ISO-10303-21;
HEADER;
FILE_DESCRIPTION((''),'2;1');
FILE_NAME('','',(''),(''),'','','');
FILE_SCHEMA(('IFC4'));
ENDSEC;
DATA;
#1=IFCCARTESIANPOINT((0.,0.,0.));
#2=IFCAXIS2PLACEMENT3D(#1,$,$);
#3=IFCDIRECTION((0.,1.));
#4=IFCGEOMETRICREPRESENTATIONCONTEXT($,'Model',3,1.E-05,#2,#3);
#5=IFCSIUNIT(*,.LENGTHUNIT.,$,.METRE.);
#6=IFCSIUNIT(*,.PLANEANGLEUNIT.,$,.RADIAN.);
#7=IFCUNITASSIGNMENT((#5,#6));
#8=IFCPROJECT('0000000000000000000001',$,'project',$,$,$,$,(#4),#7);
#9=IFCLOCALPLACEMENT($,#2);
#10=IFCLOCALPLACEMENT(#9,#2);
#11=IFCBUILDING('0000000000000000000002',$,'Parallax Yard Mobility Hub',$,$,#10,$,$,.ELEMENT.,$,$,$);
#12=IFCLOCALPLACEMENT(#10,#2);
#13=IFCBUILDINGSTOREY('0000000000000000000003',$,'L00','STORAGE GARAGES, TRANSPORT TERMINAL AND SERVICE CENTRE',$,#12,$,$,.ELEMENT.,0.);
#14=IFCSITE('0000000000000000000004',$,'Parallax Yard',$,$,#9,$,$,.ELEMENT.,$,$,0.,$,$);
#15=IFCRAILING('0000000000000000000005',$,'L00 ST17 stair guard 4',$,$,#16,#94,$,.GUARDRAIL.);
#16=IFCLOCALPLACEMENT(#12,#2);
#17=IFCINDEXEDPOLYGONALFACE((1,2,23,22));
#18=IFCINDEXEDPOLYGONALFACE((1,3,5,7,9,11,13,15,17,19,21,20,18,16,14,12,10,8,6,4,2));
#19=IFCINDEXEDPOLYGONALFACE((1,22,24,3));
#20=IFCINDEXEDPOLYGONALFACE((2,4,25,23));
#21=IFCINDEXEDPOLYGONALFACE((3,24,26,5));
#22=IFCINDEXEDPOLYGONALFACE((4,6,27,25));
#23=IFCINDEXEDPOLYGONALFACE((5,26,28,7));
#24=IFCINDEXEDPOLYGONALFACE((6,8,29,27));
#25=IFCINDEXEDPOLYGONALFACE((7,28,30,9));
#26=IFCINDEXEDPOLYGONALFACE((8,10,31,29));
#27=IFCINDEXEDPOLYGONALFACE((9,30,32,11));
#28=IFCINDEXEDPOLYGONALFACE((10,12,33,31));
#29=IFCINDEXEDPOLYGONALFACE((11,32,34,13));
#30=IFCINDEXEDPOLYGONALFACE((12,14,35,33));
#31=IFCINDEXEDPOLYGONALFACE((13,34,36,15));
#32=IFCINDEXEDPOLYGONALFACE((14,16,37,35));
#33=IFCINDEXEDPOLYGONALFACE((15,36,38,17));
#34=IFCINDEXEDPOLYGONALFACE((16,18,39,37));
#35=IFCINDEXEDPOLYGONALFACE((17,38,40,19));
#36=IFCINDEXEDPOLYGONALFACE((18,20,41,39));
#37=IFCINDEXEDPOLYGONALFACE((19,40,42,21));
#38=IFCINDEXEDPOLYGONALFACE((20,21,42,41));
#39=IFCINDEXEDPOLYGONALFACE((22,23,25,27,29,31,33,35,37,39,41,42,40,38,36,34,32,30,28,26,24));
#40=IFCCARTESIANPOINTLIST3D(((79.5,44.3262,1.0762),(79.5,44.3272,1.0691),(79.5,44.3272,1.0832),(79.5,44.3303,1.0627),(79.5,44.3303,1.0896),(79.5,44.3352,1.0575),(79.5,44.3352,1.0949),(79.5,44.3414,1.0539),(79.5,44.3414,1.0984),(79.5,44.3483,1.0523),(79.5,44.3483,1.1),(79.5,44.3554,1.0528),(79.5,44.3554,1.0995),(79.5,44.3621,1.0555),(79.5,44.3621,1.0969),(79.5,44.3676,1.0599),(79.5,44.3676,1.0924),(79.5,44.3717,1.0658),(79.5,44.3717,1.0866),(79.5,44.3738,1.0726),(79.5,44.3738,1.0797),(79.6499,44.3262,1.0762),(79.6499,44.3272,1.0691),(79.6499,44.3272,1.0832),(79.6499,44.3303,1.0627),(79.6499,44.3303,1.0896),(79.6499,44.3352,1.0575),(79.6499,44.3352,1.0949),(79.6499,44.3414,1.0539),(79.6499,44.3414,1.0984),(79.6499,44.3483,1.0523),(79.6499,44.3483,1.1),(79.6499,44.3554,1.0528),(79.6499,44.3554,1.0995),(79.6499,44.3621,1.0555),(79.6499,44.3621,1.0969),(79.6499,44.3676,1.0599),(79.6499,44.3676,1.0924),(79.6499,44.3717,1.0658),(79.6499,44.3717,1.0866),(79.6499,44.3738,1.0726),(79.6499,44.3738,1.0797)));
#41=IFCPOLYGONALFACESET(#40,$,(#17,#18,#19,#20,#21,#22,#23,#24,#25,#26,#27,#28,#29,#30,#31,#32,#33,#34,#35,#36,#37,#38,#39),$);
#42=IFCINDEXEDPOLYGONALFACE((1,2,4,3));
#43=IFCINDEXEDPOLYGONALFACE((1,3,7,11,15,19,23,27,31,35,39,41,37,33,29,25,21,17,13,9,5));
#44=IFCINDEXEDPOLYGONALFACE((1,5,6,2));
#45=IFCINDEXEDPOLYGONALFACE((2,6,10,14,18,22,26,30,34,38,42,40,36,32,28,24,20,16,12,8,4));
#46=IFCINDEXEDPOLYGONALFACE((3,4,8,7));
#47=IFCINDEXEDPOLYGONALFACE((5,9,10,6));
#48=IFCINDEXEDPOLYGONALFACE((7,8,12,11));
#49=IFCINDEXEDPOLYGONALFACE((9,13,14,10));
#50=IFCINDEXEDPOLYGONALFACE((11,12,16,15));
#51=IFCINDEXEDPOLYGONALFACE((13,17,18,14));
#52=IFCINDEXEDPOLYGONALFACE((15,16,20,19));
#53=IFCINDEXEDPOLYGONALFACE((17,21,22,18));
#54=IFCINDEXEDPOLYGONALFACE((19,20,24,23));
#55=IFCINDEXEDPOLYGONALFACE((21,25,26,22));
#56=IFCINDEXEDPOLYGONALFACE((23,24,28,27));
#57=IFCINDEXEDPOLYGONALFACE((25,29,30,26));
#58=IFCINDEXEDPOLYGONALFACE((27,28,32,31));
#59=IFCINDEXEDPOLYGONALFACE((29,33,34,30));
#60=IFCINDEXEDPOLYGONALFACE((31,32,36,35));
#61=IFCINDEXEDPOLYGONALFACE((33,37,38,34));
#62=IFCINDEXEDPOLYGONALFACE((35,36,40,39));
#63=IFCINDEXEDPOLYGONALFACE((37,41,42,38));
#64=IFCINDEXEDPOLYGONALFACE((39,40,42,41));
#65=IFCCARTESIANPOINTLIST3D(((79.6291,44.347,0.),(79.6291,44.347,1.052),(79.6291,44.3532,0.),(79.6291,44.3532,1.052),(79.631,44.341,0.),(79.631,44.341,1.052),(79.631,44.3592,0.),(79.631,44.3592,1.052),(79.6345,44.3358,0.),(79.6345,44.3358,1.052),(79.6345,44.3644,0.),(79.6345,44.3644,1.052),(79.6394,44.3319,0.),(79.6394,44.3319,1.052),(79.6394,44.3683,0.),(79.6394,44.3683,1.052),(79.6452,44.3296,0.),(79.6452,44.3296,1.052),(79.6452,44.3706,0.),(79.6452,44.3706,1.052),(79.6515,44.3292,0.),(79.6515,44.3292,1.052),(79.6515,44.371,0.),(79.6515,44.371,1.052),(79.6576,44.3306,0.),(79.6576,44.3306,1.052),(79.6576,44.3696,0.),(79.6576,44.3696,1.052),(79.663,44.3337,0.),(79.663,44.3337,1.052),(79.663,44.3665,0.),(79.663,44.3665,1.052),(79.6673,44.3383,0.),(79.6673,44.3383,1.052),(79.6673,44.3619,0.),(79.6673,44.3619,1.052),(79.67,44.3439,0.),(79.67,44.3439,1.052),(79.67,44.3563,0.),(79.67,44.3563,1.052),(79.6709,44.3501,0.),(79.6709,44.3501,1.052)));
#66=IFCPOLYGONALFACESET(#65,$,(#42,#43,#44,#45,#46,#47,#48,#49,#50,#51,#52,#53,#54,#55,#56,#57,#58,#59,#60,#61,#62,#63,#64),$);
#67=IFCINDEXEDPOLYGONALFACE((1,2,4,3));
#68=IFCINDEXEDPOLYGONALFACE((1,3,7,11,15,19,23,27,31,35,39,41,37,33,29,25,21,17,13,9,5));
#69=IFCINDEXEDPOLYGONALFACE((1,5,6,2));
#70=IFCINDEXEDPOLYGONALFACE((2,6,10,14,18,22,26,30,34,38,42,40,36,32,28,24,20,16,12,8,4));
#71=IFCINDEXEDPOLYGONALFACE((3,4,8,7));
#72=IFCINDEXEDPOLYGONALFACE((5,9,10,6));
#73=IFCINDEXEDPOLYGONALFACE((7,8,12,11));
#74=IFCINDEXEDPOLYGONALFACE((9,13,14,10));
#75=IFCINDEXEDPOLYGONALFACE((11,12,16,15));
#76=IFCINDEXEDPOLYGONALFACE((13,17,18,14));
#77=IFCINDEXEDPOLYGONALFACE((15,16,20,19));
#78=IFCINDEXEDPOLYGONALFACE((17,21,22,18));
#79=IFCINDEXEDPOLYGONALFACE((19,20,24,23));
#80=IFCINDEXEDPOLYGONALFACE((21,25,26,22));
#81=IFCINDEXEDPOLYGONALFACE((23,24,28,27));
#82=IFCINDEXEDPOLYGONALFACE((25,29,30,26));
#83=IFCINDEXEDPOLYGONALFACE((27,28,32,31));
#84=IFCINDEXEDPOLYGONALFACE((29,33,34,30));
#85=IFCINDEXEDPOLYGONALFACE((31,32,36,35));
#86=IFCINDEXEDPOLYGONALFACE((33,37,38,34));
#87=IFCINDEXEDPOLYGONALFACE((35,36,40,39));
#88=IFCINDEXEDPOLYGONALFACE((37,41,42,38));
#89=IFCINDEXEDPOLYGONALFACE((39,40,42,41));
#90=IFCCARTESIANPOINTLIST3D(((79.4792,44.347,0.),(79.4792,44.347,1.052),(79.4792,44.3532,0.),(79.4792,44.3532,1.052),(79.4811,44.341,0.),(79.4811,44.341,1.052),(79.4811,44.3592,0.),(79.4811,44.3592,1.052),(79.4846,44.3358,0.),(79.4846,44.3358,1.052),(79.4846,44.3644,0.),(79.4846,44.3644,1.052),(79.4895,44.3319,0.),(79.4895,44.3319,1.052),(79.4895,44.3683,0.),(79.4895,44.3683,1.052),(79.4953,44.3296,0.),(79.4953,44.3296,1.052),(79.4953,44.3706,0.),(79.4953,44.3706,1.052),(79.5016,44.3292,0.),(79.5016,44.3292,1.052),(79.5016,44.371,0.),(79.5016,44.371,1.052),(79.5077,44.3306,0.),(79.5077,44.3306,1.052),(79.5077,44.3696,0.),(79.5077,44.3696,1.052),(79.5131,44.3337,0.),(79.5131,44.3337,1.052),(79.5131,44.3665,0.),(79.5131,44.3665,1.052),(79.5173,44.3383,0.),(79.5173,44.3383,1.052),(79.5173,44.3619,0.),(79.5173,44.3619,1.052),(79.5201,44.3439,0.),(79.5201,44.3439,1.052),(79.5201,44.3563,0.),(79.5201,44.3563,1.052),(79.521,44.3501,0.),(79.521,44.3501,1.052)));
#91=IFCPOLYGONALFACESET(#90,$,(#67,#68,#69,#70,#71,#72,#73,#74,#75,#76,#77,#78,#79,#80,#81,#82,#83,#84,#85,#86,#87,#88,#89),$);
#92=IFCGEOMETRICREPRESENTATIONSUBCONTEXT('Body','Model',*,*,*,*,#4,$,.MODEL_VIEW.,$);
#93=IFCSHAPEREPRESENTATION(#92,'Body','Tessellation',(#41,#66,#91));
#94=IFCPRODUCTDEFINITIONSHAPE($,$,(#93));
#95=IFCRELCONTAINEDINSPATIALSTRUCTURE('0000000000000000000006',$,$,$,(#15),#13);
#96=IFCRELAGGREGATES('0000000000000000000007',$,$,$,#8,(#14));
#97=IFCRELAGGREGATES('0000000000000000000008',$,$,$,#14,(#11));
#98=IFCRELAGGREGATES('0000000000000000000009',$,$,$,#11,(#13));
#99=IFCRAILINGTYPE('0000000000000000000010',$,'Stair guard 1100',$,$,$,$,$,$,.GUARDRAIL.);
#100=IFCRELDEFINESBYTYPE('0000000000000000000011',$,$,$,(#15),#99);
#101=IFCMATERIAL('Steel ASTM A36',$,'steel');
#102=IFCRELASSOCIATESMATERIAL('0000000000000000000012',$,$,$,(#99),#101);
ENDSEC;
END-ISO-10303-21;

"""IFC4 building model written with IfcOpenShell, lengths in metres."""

from ifc_helpers import new_model, si_unit, direction, frame, origin, origin_2d, place, context, subcontext, project, spatial, circle, extrude, material, type_object, element, save


model = new_model("IFC4")

# Units and contexts
model_context = context("Model", 3, precision=1e-05, world=origin(), true_north=direction((0.0, 1.0)))
body_context = subcontext(model_context, "Body", "Model", "MODEL_VIEW")
ifc_project = project(units=[si_unit("LENGTHUNIT", "METRE"), si_unit("PLANEANGLEUNIT", "RADIAN")], contexts=[model_context])

# Site, building, storey
site_placement = place(None, origin())
site = spatial("IfcSite", under=ifc_project, at=site_placement, Name="Parallax Yard", CompositionType="ELEMENT", RefElevation=0.0)
building_placement = place(site_placement, origin())
building = spatial("IfcBuilding", under=site, at=building_placement, Name="Parallax Yard Mobility Hub", CompositionType="ELEMENT")
storey_placement = place(building_placement, origin())
storey = spatial("IfcBuildingStorey", under=building, at=storey_placement, Name="L00", Description="STORAGE GARAGES, TRANSPORT TERMINAL AND SERVICE CENTRE", CompositionType="ELEMENT", Elevation=0.0)

# Railing
ifc_material_1 = material(Name="Steel ASTM A36", Category="steel")
railing_type_1 = type_object("IfcRailingType", Name="Stair guard 1100", PredefinedType="GUARDRAIL", material=ifc_material_1)
railing_1_placement = place(storey_placement, frame((79.6499, 44.3501, 0.0)))
element("IfcRailing", 1, at=railing_1_placement, inside=storey, type_object=railing_type_1, Name="L00 ST17 stair guard 4", PredefinedType="GUARDRAIL", context=body_context, shape_type="SweptSolid", body=[
    extrude(circle(Radius=0.0239, at=origin_2d()), frame((0.0, 0.0, 1.0762), z_axis=(-1.0, 0.0, 0.0), x_axis=(0.0, -1.0, 0.0)), (0.0, 0.0, 1.0), 0.1499),
    extrude(circle(Radius=0.021, at=origin_2d()), origin(), (0.0, 0.0, 1.0), 1.052),
    extrude(circle(Radius=0.021, at=origin_2d()), frame((-0.1499, 0.0, 0.0)), (0.0, 0.0, 1.0), 1.052),
])

save(model, "model.ifc")
